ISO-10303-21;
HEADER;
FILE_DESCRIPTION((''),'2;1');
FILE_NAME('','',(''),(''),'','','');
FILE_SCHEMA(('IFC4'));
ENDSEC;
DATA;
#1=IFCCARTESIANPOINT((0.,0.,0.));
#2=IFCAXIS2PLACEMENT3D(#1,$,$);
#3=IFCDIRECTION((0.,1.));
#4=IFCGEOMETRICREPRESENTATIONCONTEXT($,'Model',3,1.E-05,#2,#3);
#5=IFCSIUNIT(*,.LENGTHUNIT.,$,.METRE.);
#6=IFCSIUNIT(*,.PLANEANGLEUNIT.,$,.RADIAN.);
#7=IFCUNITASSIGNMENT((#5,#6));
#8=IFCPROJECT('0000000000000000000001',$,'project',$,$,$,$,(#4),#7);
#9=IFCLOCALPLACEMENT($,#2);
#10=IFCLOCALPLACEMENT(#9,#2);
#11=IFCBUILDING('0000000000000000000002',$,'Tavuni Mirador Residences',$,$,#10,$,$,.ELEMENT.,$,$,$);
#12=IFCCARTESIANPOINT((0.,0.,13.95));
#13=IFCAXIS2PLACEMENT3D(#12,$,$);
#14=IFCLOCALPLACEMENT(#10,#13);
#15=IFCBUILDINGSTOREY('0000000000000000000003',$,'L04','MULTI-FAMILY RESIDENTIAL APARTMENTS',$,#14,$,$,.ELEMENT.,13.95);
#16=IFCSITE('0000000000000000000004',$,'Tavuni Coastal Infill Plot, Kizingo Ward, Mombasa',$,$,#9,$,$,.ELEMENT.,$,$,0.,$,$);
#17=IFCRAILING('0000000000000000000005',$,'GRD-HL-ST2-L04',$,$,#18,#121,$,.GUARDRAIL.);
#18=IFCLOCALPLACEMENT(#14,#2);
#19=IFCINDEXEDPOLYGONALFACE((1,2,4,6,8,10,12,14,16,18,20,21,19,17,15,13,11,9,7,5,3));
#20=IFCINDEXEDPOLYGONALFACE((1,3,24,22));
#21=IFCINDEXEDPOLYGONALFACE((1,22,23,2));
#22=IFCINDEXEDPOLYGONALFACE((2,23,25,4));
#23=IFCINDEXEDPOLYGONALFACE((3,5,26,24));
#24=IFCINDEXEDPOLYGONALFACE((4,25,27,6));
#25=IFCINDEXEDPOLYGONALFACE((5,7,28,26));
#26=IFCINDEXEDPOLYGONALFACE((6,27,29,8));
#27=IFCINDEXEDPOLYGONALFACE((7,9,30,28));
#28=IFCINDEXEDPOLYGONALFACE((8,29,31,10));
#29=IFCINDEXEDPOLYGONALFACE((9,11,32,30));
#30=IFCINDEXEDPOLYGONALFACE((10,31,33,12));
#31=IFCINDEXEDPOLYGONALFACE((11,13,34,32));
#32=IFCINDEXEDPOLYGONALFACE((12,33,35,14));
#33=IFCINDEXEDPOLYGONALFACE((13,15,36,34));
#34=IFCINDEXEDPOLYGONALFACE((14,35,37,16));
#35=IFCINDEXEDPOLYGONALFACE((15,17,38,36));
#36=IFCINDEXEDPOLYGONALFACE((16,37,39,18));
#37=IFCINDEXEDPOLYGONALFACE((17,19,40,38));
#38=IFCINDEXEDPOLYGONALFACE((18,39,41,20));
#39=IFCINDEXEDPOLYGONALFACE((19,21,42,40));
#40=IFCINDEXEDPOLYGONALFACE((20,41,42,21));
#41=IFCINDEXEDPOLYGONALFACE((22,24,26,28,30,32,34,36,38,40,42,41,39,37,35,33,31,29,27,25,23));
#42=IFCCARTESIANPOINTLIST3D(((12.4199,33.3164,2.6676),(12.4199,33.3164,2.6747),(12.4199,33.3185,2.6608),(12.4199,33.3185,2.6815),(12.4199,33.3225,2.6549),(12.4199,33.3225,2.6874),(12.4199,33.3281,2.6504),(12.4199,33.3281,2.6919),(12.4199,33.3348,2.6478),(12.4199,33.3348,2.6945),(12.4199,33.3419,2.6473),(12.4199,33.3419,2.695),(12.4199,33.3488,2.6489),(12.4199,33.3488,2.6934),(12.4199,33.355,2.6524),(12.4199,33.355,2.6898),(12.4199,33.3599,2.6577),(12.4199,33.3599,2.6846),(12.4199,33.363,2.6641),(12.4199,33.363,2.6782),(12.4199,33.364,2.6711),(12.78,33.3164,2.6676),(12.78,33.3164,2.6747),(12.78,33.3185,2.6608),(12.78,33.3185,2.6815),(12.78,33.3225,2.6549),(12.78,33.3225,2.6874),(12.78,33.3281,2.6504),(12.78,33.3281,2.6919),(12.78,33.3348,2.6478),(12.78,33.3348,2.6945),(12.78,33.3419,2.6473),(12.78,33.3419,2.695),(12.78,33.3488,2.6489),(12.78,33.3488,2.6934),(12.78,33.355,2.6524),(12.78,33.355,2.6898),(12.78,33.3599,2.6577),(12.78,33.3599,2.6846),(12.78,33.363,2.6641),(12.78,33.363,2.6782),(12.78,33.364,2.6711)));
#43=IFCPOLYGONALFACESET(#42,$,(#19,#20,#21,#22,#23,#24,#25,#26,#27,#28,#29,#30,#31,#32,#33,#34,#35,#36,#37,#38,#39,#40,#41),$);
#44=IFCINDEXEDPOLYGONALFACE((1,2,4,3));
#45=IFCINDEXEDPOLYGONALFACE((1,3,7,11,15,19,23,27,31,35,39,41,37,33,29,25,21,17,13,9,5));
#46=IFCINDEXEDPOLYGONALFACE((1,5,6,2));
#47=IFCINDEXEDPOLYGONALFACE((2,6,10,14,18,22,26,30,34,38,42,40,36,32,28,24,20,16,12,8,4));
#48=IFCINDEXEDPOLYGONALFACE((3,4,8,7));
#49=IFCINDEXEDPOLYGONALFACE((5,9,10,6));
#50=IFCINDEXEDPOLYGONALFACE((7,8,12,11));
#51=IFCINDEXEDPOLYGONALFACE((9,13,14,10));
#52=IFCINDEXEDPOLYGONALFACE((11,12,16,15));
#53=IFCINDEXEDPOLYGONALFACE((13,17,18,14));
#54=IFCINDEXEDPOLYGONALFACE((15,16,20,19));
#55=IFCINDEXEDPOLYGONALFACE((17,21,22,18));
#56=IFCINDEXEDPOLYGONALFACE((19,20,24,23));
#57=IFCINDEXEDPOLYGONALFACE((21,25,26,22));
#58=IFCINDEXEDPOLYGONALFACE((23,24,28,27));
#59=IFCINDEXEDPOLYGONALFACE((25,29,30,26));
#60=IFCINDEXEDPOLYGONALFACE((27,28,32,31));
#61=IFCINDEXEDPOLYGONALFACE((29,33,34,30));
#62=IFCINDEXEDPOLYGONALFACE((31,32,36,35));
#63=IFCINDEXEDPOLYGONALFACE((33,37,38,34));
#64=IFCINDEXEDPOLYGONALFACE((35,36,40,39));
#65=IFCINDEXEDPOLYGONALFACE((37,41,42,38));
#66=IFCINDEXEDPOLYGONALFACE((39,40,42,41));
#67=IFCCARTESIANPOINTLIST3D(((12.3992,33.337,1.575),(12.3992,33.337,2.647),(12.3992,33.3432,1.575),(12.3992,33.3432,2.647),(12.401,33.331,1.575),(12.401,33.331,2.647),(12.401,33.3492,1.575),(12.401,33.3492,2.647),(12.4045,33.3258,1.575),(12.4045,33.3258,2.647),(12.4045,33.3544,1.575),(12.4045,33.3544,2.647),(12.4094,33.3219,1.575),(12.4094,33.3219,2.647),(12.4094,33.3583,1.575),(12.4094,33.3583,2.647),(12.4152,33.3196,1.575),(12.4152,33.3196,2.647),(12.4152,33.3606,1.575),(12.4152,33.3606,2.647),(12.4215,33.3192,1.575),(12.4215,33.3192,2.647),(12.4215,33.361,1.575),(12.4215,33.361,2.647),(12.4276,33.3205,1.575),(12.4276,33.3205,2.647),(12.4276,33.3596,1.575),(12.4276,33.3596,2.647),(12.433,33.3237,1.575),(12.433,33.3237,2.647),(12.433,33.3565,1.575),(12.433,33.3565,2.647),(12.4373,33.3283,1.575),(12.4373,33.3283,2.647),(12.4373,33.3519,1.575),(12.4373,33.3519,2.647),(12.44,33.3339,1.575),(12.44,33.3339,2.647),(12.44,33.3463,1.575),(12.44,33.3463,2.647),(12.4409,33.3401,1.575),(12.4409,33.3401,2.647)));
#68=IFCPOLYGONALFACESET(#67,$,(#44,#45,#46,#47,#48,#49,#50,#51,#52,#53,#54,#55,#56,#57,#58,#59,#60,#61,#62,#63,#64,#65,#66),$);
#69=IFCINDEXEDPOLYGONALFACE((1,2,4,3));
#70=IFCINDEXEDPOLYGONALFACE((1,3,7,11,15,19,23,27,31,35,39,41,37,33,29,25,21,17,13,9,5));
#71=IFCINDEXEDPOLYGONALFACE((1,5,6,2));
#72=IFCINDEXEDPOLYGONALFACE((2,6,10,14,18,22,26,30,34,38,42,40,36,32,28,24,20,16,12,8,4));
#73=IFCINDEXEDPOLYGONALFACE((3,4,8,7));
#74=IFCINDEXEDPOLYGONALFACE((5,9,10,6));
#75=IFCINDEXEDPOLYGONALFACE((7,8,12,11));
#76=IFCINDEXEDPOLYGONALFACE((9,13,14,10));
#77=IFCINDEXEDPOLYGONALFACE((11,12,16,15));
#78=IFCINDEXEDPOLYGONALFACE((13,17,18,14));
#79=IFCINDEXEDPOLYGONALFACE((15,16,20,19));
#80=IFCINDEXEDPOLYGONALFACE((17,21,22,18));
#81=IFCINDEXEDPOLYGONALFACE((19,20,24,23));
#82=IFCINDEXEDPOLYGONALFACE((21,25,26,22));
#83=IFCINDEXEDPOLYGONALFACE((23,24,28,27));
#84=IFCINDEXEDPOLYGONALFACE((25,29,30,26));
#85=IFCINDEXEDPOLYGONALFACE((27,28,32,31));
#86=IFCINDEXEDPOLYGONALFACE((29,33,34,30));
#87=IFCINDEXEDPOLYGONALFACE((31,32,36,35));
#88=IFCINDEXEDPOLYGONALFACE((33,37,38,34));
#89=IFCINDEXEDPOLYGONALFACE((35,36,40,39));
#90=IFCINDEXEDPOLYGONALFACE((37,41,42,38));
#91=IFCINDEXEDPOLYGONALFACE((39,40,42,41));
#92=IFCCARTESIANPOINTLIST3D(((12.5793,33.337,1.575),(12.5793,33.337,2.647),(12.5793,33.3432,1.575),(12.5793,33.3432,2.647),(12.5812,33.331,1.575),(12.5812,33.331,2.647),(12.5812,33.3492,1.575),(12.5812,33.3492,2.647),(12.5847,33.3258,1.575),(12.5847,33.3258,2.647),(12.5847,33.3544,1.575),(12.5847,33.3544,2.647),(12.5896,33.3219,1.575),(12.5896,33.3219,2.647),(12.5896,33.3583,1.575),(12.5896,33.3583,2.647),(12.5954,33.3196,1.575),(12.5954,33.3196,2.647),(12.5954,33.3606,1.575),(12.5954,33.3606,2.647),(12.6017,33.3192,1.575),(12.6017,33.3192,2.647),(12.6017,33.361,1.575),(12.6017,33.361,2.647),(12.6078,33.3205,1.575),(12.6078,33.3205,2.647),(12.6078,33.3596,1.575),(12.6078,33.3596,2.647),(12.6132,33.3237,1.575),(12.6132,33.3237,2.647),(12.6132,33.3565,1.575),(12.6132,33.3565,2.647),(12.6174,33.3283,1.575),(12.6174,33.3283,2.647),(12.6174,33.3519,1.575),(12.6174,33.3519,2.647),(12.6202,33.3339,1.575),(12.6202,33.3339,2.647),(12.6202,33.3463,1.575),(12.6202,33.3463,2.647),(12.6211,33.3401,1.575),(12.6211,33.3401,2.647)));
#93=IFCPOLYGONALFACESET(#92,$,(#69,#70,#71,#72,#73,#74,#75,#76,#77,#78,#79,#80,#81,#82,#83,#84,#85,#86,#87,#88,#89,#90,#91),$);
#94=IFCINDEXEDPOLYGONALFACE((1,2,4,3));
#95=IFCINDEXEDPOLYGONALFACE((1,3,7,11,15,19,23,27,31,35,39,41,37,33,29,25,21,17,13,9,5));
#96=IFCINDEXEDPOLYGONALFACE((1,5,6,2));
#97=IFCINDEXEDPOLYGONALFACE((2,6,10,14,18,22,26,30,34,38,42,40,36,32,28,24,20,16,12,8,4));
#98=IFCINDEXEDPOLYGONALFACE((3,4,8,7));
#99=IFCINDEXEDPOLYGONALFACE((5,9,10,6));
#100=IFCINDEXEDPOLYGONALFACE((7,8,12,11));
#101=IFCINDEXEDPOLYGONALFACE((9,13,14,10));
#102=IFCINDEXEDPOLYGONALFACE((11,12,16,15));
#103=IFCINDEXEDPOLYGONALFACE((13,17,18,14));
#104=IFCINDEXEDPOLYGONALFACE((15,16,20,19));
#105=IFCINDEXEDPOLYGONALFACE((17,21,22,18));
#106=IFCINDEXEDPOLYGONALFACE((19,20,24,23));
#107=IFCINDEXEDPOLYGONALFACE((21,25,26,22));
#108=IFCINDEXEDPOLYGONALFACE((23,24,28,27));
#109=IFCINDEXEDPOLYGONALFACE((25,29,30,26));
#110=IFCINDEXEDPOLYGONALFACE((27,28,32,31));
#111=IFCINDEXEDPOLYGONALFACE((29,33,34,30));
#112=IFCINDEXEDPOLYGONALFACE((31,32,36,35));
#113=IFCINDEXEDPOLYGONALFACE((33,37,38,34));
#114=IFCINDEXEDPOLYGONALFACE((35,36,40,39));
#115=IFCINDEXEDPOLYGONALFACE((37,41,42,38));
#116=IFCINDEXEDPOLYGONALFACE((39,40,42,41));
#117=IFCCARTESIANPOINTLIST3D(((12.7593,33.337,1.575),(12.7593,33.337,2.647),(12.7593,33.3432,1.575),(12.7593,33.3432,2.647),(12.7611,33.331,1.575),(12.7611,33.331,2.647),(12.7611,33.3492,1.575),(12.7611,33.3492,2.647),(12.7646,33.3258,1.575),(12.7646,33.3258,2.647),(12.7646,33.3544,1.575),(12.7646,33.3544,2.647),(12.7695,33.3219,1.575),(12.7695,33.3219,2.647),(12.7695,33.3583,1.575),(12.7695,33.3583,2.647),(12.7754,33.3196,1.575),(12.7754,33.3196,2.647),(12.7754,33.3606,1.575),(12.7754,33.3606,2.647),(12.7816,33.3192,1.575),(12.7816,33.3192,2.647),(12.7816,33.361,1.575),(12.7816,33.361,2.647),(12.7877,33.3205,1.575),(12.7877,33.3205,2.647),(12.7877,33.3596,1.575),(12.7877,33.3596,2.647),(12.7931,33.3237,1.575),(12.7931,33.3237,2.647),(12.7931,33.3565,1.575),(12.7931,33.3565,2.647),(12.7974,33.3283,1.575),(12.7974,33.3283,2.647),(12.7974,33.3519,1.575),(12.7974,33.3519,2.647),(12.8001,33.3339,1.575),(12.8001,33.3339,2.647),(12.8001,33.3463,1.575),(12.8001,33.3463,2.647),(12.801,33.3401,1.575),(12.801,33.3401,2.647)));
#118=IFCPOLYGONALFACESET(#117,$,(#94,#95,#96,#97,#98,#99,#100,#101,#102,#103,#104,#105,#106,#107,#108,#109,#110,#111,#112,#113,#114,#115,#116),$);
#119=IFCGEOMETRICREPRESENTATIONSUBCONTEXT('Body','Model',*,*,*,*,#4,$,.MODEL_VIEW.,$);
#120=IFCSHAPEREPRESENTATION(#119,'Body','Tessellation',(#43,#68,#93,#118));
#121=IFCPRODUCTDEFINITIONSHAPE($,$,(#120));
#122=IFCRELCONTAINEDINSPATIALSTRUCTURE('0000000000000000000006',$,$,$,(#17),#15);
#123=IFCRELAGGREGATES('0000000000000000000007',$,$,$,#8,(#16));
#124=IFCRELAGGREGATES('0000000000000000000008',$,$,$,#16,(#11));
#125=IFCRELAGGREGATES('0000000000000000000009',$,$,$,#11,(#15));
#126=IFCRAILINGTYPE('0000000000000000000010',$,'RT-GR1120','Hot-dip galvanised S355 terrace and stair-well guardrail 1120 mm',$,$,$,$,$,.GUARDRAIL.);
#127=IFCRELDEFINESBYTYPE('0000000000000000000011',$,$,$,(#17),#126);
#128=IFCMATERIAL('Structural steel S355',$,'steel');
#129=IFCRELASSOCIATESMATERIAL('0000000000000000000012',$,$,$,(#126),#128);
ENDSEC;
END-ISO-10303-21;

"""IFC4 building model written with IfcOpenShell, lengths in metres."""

from ifc_helpers import new_model, si_unit, direction, frame, origin, origin_2d, place, context, subcontext, project, spatial, circle, extrude, material, type_object, element, save


model = new_model("IFC4")

# Units and contexts
model_context = context("Model", 3, precision=1e-05, world=origin(), true_north=direction((0.0, 1.0)))
body_context = subcontext(model_context, "Body", "Model", "MODEL_VIEW")
ifc_project = project(units=[si_unit("LENGTHUNIT", "METRE"), si_unit("PLANEANGLEUNIT", "RADIAN")], contexts=[model_context])

# Site, building, storey
site_placement = place(None, origin())
site = spatial("IfcSite", under=ifc_project, at=site_placement, Name="Tavuni Coastal Infill Plot, Kizingo Ward, Mombasa", CompositionType="ELEMENT", RefElevation=0.0)
building_placement = place(site_placement, origin())
building = spatial("IfcBuilding", under=site, at=building_placement, Name="Tavuni Mirador Residences", CompositionType="ELEMENT")
storey_placement = place(building_placement, frame((0.0, 0.0, 13.95)))
storey = spatial("IfcBuildingStorey", under=building, at=storey_placement, Name="L04", Description="MULTI-FAMILY RESIDENTIAL APARTMENTS", CompositionType="ELEMENT", Elevation=13.95)

# Shared definitions
ifc_material_1 = material(Name="Structural steel S355", Category="steel")

# Railing
railing_type_1 = type_object("IfcRailingType", Name="RT-GR1120", Description="Hot-dip galvanised S355 terrace and stair-well guardrail 1120 mm", PredefinedType="GUARDRAIL", material=ifc_material_1)
railing_1_placement = place(storey_placement, frame((12.4199, 33.3401, 1.575)))
element("IfcRailing", 1, at=railing_1_placement, inside=storey, type_object=railing_type_1, Name="GRD-HL-ST2-L04", PredefinedType="GUARDRAIL", context=body_context, shape_type="SweptSolid", body=[
    extrude(circle(Radius=0.0239, at=origin_2d()), frame((0.0, 0.0, 1.0962), z_axis=(1.0, 0.0, 0.0), x_axis=(0.0, 1.0, 0.0)), (0.0, 0.0, 1.0), 0.3601),
    extrude(circle(Radius=0.021, at=origin_2d()), origin(), (0.0, 0.0, 1.0), 1.072),
    extrude(circle(Radius=0.021, at=origin_2d()), frame((0.1802, 0.0, 0.0)), (0.0, 0.0, 1.0), 1.072),
    extrude(circle(Radius=0.021, at=origin_2d()), frame((0.3601, 0.0, 0.0)), (0.0, 0.0, 1.0), 1.072),
])

save(model, "model.ifc")
